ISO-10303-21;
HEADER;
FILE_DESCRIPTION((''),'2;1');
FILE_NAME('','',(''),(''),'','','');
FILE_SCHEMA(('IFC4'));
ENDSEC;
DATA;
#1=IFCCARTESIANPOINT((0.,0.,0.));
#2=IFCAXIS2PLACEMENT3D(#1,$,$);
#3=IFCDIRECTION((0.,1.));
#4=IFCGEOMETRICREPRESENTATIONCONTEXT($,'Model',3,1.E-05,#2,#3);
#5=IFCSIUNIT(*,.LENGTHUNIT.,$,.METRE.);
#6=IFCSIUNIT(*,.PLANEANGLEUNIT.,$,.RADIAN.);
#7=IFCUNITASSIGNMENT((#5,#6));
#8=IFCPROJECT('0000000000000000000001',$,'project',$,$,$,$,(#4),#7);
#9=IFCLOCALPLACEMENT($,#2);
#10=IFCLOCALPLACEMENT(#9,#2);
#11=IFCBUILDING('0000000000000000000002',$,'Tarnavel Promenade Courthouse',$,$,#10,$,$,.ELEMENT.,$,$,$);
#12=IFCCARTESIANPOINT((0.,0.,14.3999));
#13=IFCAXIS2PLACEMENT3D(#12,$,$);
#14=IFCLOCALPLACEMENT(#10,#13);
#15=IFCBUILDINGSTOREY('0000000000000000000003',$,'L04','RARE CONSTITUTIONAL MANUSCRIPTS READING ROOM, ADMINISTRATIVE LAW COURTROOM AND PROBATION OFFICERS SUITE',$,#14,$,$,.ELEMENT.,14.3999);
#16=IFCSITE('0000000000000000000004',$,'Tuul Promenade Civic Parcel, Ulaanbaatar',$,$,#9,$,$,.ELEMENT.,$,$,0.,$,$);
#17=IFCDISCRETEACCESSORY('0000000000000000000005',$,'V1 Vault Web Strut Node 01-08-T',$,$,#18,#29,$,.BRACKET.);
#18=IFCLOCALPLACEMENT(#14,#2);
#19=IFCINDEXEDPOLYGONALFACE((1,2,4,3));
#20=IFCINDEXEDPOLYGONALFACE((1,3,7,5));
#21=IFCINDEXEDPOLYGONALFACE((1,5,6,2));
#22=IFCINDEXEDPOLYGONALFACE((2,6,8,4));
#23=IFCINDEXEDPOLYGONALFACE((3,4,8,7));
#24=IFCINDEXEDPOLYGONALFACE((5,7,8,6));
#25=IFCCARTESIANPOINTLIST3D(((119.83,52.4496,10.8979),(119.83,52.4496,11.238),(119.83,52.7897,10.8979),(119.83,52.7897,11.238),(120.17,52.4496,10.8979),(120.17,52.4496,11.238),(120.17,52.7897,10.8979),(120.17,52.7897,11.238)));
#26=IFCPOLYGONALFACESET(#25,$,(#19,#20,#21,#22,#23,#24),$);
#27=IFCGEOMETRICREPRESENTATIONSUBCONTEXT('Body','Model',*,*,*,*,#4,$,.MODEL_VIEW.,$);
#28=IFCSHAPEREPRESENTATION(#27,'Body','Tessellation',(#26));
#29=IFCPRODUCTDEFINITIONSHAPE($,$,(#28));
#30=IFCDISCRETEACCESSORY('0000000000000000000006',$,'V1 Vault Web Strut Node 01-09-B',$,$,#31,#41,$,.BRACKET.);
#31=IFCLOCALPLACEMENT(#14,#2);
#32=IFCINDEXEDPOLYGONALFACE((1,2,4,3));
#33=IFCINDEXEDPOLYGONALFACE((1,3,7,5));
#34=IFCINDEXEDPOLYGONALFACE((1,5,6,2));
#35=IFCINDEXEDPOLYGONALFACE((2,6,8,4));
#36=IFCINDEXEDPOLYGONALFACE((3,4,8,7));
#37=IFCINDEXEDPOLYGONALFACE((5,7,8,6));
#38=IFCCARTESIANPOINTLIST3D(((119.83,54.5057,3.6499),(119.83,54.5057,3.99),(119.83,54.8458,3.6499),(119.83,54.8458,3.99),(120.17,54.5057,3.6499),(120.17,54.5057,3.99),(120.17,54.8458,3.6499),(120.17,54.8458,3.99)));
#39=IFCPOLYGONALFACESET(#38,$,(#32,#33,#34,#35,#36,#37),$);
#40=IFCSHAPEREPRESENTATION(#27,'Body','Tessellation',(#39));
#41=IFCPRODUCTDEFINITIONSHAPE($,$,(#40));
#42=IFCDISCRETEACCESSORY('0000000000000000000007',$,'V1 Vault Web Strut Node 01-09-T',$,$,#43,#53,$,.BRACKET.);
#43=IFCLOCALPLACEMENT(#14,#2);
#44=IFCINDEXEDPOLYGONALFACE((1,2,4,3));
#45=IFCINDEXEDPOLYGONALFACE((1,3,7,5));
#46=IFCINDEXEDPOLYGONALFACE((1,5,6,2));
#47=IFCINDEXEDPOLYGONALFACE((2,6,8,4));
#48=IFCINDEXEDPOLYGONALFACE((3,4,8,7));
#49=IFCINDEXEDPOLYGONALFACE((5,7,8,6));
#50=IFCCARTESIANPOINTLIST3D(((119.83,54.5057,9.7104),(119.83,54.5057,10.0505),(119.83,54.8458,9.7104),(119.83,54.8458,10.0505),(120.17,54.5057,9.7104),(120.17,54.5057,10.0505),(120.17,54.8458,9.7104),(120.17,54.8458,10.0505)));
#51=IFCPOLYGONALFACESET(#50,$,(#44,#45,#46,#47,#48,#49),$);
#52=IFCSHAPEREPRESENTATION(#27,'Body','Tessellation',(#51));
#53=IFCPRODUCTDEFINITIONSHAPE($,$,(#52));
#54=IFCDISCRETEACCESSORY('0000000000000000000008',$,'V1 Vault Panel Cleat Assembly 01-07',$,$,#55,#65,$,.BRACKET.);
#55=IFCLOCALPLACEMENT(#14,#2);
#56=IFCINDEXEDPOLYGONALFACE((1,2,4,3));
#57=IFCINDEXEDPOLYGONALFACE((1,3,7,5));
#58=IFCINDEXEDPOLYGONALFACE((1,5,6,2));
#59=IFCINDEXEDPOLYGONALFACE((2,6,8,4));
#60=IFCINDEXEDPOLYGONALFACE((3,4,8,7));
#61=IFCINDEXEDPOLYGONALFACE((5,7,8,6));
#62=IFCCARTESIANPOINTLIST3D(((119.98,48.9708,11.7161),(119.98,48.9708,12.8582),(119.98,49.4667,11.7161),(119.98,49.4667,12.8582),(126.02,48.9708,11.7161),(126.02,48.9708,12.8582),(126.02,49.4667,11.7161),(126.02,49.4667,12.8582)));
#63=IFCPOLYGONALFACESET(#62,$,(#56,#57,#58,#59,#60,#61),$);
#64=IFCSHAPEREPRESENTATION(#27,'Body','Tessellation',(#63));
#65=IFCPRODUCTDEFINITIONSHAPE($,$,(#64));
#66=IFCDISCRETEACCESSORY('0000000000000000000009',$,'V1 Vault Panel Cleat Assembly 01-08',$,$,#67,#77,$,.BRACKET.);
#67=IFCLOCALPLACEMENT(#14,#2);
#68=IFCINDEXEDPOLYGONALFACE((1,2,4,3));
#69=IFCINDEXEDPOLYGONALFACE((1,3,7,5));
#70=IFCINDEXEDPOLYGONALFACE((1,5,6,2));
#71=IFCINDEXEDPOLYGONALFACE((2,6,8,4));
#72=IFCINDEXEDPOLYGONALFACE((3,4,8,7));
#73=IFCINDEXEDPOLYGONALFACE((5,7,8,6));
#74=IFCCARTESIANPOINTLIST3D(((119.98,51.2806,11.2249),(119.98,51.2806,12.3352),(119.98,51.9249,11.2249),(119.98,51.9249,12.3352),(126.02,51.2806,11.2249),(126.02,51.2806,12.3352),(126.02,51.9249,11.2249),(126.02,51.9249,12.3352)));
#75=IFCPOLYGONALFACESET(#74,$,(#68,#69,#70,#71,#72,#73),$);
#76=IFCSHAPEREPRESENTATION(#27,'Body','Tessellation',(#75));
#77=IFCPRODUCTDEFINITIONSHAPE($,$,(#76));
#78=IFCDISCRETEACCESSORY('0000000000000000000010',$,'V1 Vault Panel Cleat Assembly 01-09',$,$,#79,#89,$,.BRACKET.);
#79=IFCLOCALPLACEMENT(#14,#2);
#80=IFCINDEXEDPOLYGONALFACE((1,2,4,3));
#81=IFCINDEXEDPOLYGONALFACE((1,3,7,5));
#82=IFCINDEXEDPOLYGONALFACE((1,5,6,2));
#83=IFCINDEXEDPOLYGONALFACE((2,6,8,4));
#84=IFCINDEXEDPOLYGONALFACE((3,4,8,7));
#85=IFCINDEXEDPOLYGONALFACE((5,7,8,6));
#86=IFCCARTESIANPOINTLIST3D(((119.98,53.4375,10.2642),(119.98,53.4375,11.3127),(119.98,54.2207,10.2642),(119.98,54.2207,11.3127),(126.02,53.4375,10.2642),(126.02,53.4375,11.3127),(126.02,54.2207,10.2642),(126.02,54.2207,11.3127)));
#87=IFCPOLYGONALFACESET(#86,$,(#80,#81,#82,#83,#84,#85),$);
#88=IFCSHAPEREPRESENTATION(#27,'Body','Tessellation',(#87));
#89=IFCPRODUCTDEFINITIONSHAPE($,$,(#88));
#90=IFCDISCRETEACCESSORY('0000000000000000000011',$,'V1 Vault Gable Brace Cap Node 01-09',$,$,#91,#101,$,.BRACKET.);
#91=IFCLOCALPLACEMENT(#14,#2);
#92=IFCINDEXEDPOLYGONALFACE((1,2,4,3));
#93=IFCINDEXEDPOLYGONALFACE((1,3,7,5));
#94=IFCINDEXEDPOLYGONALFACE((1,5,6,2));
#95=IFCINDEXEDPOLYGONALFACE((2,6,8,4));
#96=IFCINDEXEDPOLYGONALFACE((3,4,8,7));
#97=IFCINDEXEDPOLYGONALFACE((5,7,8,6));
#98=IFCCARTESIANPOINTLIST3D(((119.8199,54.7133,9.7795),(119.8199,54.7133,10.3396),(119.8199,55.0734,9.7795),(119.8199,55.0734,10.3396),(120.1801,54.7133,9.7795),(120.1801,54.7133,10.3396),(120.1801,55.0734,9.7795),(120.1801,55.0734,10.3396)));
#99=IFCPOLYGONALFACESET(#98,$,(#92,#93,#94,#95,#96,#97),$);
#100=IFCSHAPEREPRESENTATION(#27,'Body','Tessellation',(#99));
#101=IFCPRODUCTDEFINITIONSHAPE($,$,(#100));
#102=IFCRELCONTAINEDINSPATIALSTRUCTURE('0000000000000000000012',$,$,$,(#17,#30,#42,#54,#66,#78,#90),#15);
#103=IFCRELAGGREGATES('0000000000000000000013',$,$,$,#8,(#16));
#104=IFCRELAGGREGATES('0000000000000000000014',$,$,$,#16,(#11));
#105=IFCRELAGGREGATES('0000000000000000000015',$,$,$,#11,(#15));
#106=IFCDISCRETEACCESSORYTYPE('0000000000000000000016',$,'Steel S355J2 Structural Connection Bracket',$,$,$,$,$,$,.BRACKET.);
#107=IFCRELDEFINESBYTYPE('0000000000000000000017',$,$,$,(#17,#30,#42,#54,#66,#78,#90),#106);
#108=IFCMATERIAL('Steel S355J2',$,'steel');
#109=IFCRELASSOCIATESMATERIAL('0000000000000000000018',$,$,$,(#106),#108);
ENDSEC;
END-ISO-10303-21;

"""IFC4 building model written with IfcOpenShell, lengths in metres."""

from ifc_helpers import new_model, si_unit, direction, frame, origin, origin_2d, place, context, subcontext, project, spatial, rectangle, extrude, material, type_object, element, save


model = new_model("IFC4")

# Units and contexts
model_context = context("Model", 3, precision=1e-05, world=origin(), true_north=direction((0.0, 1.0)))
body_context = subcontext(model_context, "Body", "Model", "MODEL_VIEW")
ifc_project = project(units=[si_unit("LENGTHUNIT", "METRE"), si_unit("PLANEANGLEUNIT", "RADIAN")], contexts=[model_context])

# Site, building, storey
site_placement = place(None, origin())
site = spatial("IfcSite", under=ifc_project, at=site_placement, Name="Tuul Promenade Civic Parcel, Ulaanbaatar", CompositionType="ELEMENT", RefElevation=0.0)
building_placement = place(site_placement, origin())
building = spatial("IfcBuilding", under=site, at=building_placement, Name="Tarnavel Promenade Courthouse", CompositionType="ELEMENT")
storey_placement = place(building_placement, frame((0.0, 0.0, 14.3999)))
storey = spatial("IfcBuildingStorey", under=building, at=storey_placement, Name="L04", Description="RARE CONSTITUTIONAL MANUSCRIPTS READING ROOM, ADMINISTRATIVE LAW COURTROOM AND PROBATION OFFICERS SUITE", CompositionType="ELEMENT", Elevation=14.3999)

# Shared definitions
ifc_material_1 = material(Name="Steel S355J2", Category="steel")

# Discrete accessories
discrete_accessory_type = type_object("IfcDiscreteAccessoryType", Name="Steel S355J2 Structural Connection Bracket", PredefinedType="BRACKET", material=ifc_material_1)
for number, where, z_axis, x_axis, name in (
    (1, (120.0, 52.6196, 10.8979), (0.0, 0.0, 1.0), (1.0, 0.0, 0.0), "V1 Vault Web Strut Node 01-08-T"),
    (2, (120.0, 54.6758, 3.6499), (0.0, 0.0, 1.0), (1.0, 0.0, 0.0), "V1 Vault Web Strut Node 01-09-B"),
    (3, (120.0, 54.6758, 9.7104), (0.0, 0.0, 1.0), (1.0, 0.0, 0.0), "V1 Vault Web Strut Node 01-09-T"),
):
    element("IfcDiscreteAccessory", number, at=place(storey_placement, frame(where, z_axis=z_axis, x_axis=x_axis)), inside=storey, type_object=discrete_accessory_type, Name=name, PredefinedType="BRACKET", context=body_context, shape_type="SweptSolid", body=[
        extrude(rectangle(XDim=0.3401, YDim=0.3401, at=origin_2d()), origin(), (0.0, 0.0, 1.0), 0.3401),
    ])
discrete_accessory_1_placement = place(storey_placement, frame((123.0, 49.2188, 11.7161), z_axis=(0.0, 0.0, 1.0), x_axis=(1.0, 0.0, 0.0)))
element("IfcDiscreteAccessory", 4, at=discrete_accessory_1_placement, inside=storey, type_object=discrete_accessory_type, Name="V1 Vault Panel Cleat Assembly 01-07", PredefinedType="BRACKET", context=body_context, shape_type="SweptSolid", body=[
    extrude(rectangle(XDim=6.04, YDim=0.4958, at=origin_2d()), origin(), (0.0, 0.0, 1.0), 1.1421),
])
discrete_accessory_2_placement = place(storey_placement, frame((123.0, 51.6028, 11.2249), z_axis=(0.0, 0.0, 1.0), x_axis=(1.0, 0.0, 0.0)))
element("IfcDiscreteAccessory", 5, at=discrete_accessory_2_placement, inside=storey, type_object=discrete_accessory_type, Name="V1 Vault Panel Cleat Assembly 01-08", PredefinedType="BRACKET", context=body_context, shape_type="SweptSolid", body=[
    extrude(rectangle(XDim=6.04, YDim=0.6443, at=origin_2d()), origin(), (0.0, 0.0, 1.0), 1.1104),
])
discrete_accessory_3_placement = place(storey_placement, frame((123.0, 53.8291, 10.2642), z_axis=(0.0, 0.0, 1.0), x_axis=(1.0, 0.0, 0.0)))
element("IfcDiscreteAccessory", 6, at=discrete_accessory_3_placement, inside=storey, type_object=discrete_accessory_type, Name="V1 Vault Panel Cleat Assembly 01-09", PredefinedType="BRACKET", context=body_context, shape_type="SweptSolid", body=[
    extrude(rectangle(XDim=6.04, YDim=0.7832, at=origin_2d()), origin(), (0.0, 0.0, 1.0), 1.0486),
])
discrete_accessory_4_placement = place(storey_placement, frame((120.0, 54.8933, 9.7795), z_axis=(0.0, 0.0, 1.0), x_axis=(1.0, 0.0, 0.0)))
element("IfcDiscreteAccessory", 7, at=discrete_accessory_4_placement, inside=storey, type_object=discrete_accessory_type, Name="V1 Vault Gable Brace Cap Node 01-09", PredefinedType="BRACKET", context=body_context, shape_type="SweptSolid", body=[
    extrude(rectangle(XDim=0.3601, YDim=0.3601, at=origin_2d()), origin(), (0.0, 0.0, 1.0), 0.5601),
])

save(model, "model.ifc")
